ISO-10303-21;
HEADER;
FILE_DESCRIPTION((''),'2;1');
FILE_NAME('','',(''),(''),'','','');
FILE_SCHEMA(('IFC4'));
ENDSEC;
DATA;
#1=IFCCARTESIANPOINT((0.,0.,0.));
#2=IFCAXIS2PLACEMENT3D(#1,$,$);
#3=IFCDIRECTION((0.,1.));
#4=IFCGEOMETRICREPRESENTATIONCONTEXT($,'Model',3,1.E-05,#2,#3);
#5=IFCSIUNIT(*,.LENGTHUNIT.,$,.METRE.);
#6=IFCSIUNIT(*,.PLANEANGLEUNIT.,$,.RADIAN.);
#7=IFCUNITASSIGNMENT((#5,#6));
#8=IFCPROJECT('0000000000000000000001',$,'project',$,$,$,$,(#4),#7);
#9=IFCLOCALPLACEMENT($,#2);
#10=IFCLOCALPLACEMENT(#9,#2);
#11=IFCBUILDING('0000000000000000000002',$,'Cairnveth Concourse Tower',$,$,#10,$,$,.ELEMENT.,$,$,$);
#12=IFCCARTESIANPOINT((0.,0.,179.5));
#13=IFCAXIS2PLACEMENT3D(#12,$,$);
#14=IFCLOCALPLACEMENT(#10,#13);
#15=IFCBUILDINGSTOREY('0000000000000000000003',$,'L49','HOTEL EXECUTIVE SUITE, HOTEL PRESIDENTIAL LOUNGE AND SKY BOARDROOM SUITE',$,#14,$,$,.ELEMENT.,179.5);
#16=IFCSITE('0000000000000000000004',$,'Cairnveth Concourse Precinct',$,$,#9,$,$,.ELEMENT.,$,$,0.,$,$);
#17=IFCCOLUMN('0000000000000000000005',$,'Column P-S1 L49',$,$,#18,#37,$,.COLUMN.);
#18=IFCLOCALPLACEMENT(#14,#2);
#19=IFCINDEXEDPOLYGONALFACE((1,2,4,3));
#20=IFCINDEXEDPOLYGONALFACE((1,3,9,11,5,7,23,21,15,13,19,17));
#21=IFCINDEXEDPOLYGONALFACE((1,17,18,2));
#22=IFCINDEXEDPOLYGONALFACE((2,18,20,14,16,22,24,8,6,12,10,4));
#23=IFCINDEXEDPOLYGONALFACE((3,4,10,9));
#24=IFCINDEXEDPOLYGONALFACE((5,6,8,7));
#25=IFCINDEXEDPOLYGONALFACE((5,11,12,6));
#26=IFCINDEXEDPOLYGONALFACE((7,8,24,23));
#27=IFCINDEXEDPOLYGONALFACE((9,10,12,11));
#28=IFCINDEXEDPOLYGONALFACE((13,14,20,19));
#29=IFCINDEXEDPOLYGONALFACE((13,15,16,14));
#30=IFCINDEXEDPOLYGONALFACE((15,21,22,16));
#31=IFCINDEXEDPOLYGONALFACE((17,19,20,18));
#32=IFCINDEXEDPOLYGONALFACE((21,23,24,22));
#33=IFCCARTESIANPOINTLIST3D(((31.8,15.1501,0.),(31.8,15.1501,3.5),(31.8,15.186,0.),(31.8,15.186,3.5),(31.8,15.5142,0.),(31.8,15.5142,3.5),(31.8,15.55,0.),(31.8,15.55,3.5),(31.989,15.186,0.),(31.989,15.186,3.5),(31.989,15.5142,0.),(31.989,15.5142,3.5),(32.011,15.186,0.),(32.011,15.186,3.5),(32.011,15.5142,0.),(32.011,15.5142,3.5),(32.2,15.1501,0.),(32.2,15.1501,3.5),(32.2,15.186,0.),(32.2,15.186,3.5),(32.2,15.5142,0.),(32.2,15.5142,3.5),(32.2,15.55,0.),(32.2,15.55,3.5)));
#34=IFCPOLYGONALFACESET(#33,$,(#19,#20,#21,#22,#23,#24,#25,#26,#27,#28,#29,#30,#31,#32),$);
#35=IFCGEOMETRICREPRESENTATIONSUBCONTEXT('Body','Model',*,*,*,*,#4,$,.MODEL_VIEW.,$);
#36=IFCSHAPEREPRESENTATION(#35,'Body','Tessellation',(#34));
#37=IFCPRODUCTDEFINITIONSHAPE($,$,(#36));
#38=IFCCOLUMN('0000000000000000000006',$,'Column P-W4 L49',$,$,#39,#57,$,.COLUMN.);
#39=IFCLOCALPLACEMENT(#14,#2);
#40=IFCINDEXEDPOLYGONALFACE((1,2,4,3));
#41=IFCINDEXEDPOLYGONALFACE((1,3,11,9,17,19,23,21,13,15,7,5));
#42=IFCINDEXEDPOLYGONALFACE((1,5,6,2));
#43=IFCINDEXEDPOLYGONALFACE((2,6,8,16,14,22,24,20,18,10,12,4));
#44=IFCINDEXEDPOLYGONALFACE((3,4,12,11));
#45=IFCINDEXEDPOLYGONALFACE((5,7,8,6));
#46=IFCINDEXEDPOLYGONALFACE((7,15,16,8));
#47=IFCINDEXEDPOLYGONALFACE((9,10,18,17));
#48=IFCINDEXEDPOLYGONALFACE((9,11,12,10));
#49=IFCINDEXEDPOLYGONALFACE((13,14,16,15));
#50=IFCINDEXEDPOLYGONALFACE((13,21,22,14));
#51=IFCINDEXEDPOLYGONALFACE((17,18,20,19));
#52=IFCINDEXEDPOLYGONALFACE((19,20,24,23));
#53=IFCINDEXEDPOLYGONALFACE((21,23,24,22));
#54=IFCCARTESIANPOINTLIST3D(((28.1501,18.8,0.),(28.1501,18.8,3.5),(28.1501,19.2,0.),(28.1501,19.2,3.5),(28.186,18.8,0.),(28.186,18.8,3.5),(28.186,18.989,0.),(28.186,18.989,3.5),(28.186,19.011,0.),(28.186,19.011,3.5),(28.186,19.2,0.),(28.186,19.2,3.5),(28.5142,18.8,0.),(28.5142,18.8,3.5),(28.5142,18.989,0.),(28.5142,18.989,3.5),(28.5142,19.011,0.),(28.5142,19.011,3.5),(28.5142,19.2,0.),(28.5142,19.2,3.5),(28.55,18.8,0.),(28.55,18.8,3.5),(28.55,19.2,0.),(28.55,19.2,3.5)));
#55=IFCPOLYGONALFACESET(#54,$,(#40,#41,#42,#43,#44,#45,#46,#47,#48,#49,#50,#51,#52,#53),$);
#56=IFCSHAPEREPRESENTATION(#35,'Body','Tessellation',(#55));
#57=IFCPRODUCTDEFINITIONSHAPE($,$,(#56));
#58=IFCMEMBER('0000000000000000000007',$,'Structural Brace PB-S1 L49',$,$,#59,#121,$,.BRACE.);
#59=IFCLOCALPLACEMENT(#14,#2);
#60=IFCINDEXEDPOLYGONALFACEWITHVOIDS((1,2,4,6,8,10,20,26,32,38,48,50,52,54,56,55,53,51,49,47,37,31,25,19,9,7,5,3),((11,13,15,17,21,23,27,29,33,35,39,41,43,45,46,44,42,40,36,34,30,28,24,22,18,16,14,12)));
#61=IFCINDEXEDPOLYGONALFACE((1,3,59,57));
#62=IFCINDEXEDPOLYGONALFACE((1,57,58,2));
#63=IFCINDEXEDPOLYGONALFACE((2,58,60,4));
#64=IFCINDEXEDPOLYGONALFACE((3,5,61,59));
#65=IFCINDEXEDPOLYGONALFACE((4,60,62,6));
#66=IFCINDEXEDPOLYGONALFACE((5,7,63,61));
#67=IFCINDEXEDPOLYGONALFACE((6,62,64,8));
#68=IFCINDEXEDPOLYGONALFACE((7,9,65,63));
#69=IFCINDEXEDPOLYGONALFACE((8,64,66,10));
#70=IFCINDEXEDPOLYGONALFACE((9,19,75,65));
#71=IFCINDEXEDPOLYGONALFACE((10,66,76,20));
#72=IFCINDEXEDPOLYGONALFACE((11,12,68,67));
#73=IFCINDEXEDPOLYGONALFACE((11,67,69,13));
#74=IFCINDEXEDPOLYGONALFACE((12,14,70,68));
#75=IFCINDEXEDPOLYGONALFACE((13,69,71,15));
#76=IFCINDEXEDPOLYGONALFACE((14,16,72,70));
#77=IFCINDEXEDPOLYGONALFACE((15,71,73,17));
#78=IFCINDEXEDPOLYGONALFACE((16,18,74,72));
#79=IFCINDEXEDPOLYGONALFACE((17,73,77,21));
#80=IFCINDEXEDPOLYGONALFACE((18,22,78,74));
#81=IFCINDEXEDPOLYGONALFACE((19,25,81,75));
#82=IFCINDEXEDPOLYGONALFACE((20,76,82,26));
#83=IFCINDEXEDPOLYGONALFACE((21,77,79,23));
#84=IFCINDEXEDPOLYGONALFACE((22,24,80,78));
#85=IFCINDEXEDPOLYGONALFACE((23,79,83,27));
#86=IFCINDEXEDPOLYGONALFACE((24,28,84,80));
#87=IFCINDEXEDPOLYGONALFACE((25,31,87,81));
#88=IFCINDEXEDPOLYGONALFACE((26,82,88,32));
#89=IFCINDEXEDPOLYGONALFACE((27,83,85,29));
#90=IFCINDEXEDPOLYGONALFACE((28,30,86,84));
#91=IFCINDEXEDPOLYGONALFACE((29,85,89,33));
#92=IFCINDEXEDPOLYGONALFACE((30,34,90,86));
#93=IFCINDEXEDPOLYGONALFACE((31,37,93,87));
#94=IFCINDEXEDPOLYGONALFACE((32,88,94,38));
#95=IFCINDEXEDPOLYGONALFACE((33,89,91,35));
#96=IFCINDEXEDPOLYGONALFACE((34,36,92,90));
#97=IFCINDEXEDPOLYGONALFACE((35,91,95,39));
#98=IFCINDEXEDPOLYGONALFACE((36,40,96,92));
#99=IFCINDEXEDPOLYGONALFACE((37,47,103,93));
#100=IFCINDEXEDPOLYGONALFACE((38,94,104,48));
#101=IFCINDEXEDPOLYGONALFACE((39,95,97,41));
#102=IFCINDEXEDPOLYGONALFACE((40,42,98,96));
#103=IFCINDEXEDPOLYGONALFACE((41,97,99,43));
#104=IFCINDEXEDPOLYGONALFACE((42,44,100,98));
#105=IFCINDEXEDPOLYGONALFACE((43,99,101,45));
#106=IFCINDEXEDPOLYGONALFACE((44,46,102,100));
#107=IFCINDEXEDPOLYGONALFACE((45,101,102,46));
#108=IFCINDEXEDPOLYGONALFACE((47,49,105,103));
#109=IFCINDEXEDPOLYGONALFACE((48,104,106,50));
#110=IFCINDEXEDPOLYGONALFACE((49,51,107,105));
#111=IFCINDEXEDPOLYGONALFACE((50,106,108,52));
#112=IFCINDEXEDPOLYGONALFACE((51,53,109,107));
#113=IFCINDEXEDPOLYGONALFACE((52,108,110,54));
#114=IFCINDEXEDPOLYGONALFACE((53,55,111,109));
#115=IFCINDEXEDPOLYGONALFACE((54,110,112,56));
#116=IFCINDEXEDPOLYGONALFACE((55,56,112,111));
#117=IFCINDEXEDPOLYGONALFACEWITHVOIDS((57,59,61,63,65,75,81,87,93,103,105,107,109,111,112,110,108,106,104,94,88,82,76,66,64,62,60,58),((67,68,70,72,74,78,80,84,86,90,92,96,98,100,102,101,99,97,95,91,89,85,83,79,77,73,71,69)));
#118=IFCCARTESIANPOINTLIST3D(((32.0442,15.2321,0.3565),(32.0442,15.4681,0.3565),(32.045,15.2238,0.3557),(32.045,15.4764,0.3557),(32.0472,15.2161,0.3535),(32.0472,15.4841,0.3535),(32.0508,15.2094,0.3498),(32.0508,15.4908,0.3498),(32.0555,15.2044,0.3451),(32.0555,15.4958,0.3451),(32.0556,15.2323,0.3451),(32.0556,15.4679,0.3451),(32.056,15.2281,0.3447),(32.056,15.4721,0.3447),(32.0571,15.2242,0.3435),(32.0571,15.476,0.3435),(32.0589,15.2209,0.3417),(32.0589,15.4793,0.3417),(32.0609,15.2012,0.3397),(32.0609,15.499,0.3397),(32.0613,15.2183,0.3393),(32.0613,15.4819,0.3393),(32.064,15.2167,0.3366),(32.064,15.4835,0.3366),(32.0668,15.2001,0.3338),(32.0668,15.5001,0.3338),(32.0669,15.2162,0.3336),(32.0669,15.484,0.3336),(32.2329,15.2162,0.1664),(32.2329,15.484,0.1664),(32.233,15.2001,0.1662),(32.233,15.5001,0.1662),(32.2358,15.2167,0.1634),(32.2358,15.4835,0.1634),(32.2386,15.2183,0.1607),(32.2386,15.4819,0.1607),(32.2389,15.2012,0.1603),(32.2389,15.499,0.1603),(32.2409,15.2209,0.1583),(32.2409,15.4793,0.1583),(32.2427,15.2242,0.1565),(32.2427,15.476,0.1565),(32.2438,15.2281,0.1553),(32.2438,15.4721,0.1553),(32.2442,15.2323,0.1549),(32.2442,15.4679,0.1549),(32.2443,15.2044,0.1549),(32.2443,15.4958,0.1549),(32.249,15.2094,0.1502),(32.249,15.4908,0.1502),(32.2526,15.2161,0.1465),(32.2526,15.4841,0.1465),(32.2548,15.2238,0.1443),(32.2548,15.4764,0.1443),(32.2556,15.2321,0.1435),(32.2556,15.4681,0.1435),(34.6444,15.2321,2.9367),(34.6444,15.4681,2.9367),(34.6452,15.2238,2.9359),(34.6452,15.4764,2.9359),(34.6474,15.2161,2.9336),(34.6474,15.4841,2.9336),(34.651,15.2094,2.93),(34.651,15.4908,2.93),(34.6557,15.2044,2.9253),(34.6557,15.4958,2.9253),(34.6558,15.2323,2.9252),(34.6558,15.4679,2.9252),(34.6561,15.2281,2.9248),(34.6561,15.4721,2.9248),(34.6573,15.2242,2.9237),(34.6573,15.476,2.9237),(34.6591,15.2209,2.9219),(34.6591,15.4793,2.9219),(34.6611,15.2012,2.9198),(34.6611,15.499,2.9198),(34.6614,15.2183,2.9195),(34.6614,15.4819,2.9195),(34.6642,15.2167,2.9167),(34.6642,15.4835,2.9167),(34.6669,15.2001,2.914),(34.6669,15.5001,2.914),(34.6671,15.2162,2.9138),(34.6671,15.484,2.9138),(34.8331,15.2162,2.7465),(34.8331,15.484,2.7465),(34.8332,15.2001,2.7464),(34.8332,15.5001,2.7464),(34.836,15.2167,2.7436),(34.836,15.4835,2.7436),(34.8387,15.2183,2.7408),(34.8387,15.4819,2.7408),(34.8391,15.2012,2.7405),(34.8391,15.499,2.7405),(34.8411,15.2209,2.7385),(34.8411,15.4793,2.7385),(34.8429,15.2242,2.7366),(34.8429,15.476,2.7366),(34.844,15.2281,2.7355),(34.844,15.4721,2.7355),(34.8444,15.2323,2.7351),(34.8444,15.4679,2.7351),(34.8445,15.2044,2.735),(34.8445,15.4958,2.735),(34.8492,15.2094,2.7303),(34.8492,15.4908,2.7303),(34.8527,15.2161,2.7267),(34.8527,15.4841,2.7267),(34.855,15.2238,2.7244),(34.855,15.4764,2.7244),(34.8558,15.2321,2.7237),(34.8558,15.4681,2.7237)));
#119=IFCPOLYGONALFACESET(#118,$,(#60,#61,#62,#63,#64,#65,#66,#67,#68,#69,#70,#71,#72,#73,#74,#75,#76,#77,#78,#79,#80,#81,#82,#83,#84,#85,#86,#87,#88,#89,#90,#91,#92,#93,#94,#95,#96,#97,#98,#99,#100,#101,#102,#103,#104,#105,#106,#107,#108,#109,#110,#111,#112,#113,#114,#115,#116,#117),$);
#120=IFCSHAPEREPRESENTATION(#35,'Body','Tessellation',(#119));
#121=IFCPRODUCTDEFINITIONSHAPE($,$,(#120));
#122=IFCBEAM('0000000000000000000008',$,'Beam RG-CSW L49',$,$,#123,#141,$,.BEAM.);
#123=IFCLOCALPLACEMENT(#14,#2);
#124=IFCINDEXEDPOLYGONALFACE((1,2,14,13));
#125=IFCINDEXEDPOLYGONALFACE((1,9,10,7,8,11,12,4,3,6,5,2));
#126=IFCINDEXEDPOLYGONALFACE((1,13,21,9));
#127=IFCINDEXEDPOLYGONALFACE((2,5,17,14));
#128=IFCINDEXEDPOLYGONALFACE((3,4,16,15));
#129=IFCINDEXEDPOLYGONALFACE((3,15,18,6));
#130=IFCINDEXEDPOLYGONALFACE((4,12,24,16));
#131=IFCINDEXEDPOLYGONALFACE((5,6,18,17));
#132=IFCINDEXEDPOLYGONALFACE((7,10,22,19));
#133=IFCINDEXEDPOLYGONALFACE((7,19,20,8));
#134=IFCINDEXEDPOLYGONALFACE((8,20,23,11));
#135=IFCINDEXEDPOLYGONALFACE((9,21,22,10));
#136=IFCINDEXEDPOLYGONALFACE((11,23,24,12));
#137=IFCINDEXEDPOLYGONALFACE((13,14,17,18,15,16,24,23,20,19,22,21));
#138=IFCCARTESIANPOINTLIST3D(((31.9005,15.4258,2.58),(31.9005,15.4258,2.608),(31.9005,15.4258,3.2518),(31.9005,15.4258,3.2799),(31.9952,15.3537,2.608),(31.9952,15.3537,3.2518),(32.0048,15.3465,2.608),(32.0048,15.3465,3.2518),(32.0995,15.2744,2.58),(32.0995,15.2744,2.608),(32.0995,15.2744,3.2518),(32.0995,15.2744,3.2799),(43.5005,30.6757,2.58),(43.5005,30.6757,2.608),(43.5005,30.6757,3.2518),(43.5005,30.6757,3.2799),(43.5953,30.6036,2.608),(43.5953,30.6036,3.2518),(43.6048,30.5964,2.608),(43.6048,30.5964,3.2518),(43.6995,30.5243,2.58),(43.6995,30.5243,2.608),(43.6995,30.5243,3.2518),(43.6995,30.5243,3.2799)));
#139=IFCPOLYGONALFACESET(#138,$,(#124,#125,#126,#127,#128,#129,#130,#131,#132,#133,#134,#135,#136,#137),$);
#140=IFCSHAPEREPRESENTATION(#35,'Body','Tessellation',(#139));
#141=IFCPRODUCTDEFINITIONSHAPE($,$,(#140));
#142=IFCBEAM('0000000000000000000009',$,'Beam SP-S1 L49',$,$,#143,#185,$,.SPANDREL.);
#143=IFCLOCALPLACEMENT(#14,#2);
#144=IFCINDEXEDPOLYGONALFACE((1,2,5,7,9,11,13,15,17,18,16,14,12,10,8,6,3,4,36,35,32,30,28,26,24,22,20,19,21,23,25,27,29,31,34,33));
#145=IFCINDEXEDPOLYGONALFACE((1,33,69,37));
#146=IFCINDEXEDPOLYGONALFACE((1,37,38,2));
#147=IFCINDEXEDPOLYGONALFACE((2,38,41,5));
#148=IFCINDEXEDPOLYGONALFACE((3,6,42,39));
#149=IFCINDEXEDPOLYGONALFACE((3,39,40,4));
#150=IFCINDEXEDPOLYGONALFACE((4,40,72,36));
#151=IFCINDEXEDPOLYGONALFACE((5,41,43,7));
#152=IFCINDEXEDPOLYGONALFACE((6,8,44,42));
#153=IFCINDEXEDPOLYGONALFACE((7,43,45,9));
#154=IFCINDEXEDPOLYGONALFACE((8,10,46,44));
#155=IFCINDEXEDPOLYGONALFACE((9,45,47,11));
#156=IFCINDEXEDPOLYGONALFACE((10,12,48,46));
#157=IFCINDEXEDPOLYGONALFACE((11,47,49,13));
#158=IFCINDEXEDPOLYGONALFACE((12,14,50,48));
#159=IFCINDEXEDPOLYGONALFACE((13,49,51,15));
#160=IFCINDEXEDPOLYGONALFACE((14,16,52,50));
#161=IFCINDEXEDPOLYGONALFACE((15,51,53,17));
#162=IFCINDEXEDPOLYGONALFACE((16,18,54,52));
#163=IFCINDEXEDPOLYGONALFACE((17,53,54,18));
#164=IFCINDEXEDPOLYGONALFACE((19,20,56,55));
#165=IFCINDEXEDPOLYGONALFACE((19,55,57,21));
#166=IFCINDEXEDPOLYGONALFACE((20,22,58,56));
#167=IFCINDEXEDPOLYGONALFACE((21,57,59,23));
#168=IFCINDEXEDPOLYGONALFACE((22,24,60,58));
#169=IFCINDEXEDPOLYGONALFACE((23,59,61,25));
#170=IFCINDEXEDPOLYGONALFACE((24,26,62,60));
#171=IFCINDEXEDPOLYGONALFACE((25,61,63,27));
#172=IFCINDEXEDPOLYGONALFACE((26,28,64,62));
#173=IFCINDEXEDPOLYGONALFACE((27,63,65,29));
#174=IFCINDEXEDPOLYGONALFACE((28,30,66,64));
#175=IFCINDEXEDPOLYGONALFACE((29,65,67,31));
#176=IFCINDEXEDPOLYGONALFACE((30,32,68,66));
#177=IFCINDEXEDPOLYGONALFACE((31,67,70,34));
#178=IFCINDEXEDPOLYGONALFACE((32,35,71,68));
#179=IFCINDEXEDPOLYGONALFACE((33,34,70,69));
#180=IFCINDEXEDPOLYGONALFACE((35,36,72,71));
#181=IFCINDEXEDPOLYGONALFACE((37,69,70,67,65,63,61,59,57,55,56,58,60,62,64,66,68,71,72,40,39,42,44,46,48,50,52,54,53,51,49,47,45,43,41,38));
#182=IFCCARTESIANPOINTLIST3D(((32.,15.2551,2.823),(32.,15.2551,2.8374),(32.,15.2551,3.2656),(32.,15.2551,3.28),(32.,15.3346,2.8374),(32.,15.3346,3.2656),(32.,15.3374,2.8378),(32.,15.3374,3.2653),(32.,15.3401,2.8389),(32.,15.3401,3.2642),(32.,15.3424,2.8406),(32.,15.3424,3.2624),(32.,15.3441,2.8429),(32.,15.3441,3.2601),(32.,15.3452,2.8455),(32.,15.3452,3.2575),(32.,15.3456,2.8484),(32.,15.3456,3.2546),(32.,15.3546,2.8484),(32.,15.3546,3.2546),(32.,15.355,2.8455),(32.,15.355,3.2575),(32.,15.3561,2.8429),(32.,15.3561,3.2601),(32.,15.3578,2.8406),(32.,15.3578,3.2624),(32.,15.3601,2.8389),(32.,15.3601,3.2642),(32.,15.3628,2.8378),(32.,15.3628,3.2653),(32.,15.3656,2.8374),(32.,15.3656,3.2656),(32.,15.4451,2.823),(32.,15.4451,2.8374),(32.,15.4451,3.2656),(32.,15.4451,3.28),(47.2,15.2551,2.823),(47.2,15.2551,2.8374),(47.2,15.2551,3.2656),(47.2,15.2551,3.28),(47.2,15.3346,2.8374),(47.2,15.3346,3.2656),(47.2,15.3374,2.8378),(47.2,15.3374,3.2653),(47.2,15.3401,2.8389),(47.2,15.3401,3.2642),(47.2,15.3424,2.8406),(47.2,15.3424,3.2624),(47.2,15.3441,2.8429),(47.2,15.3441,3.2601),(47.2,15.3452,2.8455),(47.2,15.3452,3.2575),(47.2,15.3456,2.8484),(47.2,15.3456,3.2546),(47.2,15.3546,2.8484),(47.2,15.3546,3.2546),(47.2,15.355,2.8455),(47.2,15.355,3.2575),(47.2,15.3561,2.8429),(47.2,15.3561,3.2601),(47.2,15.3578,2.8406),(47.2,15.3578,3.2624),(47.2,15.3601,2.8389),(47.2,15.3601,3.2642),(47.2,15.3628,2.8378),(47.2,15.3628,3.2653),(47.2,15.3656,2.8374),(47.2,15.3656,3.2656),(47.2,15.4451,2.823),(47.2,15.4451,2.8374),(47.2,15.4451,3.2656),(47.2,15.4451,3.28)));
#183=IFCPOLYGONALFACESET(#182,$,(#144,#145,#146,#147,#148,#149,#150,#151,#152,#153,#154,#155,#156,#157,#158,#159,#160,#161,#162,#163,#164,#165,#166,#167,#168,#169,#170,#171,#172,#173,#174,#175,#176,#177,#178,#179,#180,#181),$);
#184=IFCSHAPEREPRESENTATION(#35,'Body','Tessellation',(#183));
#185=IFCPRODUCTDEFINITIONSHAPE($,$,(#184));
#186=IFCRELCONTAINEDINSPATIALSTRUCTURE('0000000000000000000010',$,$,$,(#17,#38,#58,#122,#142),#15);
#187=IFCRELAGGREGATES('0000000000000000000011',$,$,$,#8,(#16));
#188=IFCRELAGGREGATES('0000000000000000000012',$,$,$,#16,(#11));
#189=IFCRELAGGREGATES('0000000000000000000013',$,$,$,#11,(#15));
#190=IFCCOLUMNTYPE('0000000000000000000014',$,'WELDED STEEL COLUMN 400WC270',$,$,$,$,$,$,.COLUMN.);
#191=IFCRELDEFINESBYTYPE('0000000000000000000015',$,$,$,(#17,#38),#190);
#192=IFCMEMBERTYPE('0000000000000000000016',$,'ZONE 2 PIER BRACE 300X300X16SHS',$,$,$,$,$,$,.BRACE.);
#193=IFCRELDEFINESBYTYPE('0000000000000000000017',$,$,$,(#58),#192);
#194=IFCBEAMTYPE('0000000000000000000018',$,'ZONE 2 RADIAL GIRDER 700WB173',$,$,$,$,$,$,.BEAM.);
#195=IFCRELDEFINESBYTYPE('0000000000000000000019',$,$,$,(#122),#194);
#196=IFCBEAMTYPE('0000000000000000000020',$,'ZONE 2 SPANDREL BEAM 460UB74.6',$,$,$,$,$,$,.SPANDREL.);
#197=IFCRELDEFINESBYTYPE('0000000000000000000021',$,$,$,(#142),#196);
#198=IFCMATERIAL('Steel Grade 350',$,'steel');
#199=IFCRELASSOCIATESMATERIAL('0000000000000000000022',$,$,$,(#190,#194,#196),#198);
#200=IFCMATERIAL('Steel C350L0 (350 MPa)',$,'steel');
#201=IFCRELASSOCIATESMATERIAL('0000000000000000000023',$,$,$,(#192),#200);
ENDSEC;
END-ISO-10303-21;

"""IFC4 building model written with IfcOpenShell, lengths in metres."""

from ifc_helpers import new_model, si_unit, direction, frame, origin, origin_2d, place, context, subcontext, project, spatial, hollow_rectangle, i_section, extrude, material, material_profile, profile_set, type_object, element, save


model = new_model("IFC4")

# Units and contexts
model_context = context("Model", 3, precision=1e-05, world=origin(), true_north=direction((0.0, 1.0)))
body_context = subcontext(model_context, "Body", "Model", "MODEL_VIEW")
ifc_project = project(units=[si_unit("LENGTHUNIT", "METRE"), si_unit("PLANEANGLEUNIT", "RADIAN")], contexts=[model_context])

# Site, building, storey
site_placement = place(None, origin())
site = spatial("IfcSite", under=ifc_project, at=site_placement, Name="Cairnveth Concourse Precinct", CompositionType="ELEMENT", RefElevation=0.0)
building_placement = place(site_placement, origin())
building = spatial("IfcBuilding", under=site, at=building_placement, Name="Cairnveth Concourse Tower", CompositionType="ELEMENT")
storey_placement = place(building_placement, frame((0.0, 0.0, 179.5)))
storey = spatial("IfcBuildingStorey", under=building, at=storey_placement, Name="L49", Description="HOTEL EXECUTIVE SUITE, HOTEL PRESIDENTIAL LOUNGE AND SKY BOARDROOM SUITE", CompositionType="ELEMENT", Elevation=179.5)

# Columns
ifc_material_1 = material(Name="Steel Grade 350", Category="steel")
ifc_material_profile_1 = material_profile(ifc_material_1, i_section(OverallWidth=0.3999, OverallDepth=0.3999, WebThickness=0.022, FlangeThickness=0.0359, at=origin_2d()), Name="400WC270")
ifc_profile_set_1 = profile_set([ifc_material_profile_1], Name="Steel Grade 350")
column_type = type_object("IfcColumnType", Name="WELDED STEEL COLUMN 400WC270", PredefinedType="COLUMN", material=ifc_profile_set_1)
for number, where, z_axis, x_axis, name in (
    (1, (32.0, 15.3501, 0.0), (0.0, 0.0, 1.0), (1.0, 0.0, 0.0), "Column P-S1 L49"),
    (2, (28.3501, 19.0, 0.0), (0.0, 0.0, 1.0), (0.0, 1.0, 0.0), "Column P-W4 L49"),
):
    element("IfcColumn", number, at=place(storey_placement, frame(where, z_axis=z_axis, x_axis=x_axis)), inside=storey, type_object=column_type, Name=name, PredefinedType="COLUMN", context=body_context, shape_type="SweptSolid", body=[
        extrude(i_section(OverallWidth=0.3999, OverallDepth=0.3999, WebThickness=0.022, FlangeThickness=0.0359, at=origin_2d()), origin(), (0.0, 0.0, 1.0), 3.5),
    ])

# Member
ifc_material_2 = material(Name="Steel C350L0 (350 MPa)", Category="steel")
ifc_material_profile_2 = material_profile(ifc_material_2, hollow_rectangle(XDim=0.3, YDim=0.3, WallThickness=0.0161, InnerFilletRadius=0.0161, OuterFilletRadius=0.032, at=origin_2d()), Name="300x300x16.0SHS")
ifc_profile_set_2 = profile_set([ifc_material_profile_2], Name="Steel C350L0 (350 MPa)")
member_type = type_object("IfcMemberType", Name="ZONE 2 PIER BRACE 300X300X16SHS", PredefinedType="BRACE", material=ifc_profile_set_2)
member_placement = place(storey_placement, frame((32.1499, 15.3501, 0.25), z_axis=(0.709834, 0.0, 0.704369), x_axis=(0.0, 1.0, 0.0)))
element("IfcMember", 3, at=member_placement, inside=storey, type_object=member_type, Name="Structural Brace PB-S1 L49", PredefinedType="BRACE", context=body_context, shape_type="SweptSolid", body=[
    extrude(hollow_rectangle(XDim=0.3, YDim=0.3, WallThickness=0.0161, InnerFilletRadius=0.0161, OuterFilletRadius=0.032, at=origin_2d()), origin(), (0.0, 0.0, 1.0), 3.6631),
])

# Beams
ifc_material_profile_3 = material_profile(ifc_material_1, i_section(OverallWidth=0.25, OverallDepth=0.7, WebThickness=0.012, FlangeThickness=0.0281, at=origin_2d()), Name="700WB173")
ifc_profile_set_3 = profile_set([ifc_material_profile_3], Name="Steel Grade 350")
beam_type_1 = type_object("IfcBeamType", Name="ZONE 2 RADIAL GIRDER 700WB173", PredefinedType="BEAM", material=ifc_profile_set_3)
beam_1_placement = place(storey_placement, frame((32.0, 15.3501, 2.9299), z_axis=(0.605417, 0.795908, 0.0), x_axis=(-0.795908, 0.605417, 0.0)))
element("IfcBeam", 4, at=beam_1_placement, inside=storey, type_object=beam_type_1, Name="Beam RG-CSW L49", PredefinedType="BEAM", context=body_context, shape_type="SweptSolid", body=[
    extrude(i_section(OverallWidth=0.25, OverallDepth=0.7, WebThickness=0.012, FlangeThickness=0.0281, at=origin_2d()), origin(), (0.0, 0.0, 1.0), 19.1604),
])
ifc_material_profile_4 = material_profile(ifc_material_1, i_section(OverallWidth=0.1899, OverallDepth=0.457, WebThickness=0.009, FlangeThickness=0.0144, FilletRadius=0.011, at=origin_2d()), Name="460UB74.6")
ifc_profile_set_4 = profile_set([ifc_material_profile_4], Name="Steel Grade 350")
beam_type_2 = type_object("IfcBeamType", Name="ZONE 2 SPANDREL BEAM 460UB74.6", PredefinedType="SPANDREL", material=ifc_profile_set_4)
beam_2_placement = place(storey_placement, frame((32.0, 15.3501, 3.0515), z_axis=(1.0, 0.0, 0.0), x_axis=(0.0, 1.0, 0.0)))
element("IfcBeam", 5, at=beam_2_placement, inside=storey, type_object=beam_type_2, Name="Beam SP-S1 L49", PredefinedType="SPANDREL", context=body_context, shape_type="SweptSolid", body=[
    extrude(i_section(OverallWidth=0.1899, OverallDepth=0.457, WebThickness=0.009, FlangeThickness=0.0144, FilletRadius=0.011, at=origin_2d()), origin(), (0.0, 0.0, 1.0), 15.2),
])

save(model, "model.ifc")
